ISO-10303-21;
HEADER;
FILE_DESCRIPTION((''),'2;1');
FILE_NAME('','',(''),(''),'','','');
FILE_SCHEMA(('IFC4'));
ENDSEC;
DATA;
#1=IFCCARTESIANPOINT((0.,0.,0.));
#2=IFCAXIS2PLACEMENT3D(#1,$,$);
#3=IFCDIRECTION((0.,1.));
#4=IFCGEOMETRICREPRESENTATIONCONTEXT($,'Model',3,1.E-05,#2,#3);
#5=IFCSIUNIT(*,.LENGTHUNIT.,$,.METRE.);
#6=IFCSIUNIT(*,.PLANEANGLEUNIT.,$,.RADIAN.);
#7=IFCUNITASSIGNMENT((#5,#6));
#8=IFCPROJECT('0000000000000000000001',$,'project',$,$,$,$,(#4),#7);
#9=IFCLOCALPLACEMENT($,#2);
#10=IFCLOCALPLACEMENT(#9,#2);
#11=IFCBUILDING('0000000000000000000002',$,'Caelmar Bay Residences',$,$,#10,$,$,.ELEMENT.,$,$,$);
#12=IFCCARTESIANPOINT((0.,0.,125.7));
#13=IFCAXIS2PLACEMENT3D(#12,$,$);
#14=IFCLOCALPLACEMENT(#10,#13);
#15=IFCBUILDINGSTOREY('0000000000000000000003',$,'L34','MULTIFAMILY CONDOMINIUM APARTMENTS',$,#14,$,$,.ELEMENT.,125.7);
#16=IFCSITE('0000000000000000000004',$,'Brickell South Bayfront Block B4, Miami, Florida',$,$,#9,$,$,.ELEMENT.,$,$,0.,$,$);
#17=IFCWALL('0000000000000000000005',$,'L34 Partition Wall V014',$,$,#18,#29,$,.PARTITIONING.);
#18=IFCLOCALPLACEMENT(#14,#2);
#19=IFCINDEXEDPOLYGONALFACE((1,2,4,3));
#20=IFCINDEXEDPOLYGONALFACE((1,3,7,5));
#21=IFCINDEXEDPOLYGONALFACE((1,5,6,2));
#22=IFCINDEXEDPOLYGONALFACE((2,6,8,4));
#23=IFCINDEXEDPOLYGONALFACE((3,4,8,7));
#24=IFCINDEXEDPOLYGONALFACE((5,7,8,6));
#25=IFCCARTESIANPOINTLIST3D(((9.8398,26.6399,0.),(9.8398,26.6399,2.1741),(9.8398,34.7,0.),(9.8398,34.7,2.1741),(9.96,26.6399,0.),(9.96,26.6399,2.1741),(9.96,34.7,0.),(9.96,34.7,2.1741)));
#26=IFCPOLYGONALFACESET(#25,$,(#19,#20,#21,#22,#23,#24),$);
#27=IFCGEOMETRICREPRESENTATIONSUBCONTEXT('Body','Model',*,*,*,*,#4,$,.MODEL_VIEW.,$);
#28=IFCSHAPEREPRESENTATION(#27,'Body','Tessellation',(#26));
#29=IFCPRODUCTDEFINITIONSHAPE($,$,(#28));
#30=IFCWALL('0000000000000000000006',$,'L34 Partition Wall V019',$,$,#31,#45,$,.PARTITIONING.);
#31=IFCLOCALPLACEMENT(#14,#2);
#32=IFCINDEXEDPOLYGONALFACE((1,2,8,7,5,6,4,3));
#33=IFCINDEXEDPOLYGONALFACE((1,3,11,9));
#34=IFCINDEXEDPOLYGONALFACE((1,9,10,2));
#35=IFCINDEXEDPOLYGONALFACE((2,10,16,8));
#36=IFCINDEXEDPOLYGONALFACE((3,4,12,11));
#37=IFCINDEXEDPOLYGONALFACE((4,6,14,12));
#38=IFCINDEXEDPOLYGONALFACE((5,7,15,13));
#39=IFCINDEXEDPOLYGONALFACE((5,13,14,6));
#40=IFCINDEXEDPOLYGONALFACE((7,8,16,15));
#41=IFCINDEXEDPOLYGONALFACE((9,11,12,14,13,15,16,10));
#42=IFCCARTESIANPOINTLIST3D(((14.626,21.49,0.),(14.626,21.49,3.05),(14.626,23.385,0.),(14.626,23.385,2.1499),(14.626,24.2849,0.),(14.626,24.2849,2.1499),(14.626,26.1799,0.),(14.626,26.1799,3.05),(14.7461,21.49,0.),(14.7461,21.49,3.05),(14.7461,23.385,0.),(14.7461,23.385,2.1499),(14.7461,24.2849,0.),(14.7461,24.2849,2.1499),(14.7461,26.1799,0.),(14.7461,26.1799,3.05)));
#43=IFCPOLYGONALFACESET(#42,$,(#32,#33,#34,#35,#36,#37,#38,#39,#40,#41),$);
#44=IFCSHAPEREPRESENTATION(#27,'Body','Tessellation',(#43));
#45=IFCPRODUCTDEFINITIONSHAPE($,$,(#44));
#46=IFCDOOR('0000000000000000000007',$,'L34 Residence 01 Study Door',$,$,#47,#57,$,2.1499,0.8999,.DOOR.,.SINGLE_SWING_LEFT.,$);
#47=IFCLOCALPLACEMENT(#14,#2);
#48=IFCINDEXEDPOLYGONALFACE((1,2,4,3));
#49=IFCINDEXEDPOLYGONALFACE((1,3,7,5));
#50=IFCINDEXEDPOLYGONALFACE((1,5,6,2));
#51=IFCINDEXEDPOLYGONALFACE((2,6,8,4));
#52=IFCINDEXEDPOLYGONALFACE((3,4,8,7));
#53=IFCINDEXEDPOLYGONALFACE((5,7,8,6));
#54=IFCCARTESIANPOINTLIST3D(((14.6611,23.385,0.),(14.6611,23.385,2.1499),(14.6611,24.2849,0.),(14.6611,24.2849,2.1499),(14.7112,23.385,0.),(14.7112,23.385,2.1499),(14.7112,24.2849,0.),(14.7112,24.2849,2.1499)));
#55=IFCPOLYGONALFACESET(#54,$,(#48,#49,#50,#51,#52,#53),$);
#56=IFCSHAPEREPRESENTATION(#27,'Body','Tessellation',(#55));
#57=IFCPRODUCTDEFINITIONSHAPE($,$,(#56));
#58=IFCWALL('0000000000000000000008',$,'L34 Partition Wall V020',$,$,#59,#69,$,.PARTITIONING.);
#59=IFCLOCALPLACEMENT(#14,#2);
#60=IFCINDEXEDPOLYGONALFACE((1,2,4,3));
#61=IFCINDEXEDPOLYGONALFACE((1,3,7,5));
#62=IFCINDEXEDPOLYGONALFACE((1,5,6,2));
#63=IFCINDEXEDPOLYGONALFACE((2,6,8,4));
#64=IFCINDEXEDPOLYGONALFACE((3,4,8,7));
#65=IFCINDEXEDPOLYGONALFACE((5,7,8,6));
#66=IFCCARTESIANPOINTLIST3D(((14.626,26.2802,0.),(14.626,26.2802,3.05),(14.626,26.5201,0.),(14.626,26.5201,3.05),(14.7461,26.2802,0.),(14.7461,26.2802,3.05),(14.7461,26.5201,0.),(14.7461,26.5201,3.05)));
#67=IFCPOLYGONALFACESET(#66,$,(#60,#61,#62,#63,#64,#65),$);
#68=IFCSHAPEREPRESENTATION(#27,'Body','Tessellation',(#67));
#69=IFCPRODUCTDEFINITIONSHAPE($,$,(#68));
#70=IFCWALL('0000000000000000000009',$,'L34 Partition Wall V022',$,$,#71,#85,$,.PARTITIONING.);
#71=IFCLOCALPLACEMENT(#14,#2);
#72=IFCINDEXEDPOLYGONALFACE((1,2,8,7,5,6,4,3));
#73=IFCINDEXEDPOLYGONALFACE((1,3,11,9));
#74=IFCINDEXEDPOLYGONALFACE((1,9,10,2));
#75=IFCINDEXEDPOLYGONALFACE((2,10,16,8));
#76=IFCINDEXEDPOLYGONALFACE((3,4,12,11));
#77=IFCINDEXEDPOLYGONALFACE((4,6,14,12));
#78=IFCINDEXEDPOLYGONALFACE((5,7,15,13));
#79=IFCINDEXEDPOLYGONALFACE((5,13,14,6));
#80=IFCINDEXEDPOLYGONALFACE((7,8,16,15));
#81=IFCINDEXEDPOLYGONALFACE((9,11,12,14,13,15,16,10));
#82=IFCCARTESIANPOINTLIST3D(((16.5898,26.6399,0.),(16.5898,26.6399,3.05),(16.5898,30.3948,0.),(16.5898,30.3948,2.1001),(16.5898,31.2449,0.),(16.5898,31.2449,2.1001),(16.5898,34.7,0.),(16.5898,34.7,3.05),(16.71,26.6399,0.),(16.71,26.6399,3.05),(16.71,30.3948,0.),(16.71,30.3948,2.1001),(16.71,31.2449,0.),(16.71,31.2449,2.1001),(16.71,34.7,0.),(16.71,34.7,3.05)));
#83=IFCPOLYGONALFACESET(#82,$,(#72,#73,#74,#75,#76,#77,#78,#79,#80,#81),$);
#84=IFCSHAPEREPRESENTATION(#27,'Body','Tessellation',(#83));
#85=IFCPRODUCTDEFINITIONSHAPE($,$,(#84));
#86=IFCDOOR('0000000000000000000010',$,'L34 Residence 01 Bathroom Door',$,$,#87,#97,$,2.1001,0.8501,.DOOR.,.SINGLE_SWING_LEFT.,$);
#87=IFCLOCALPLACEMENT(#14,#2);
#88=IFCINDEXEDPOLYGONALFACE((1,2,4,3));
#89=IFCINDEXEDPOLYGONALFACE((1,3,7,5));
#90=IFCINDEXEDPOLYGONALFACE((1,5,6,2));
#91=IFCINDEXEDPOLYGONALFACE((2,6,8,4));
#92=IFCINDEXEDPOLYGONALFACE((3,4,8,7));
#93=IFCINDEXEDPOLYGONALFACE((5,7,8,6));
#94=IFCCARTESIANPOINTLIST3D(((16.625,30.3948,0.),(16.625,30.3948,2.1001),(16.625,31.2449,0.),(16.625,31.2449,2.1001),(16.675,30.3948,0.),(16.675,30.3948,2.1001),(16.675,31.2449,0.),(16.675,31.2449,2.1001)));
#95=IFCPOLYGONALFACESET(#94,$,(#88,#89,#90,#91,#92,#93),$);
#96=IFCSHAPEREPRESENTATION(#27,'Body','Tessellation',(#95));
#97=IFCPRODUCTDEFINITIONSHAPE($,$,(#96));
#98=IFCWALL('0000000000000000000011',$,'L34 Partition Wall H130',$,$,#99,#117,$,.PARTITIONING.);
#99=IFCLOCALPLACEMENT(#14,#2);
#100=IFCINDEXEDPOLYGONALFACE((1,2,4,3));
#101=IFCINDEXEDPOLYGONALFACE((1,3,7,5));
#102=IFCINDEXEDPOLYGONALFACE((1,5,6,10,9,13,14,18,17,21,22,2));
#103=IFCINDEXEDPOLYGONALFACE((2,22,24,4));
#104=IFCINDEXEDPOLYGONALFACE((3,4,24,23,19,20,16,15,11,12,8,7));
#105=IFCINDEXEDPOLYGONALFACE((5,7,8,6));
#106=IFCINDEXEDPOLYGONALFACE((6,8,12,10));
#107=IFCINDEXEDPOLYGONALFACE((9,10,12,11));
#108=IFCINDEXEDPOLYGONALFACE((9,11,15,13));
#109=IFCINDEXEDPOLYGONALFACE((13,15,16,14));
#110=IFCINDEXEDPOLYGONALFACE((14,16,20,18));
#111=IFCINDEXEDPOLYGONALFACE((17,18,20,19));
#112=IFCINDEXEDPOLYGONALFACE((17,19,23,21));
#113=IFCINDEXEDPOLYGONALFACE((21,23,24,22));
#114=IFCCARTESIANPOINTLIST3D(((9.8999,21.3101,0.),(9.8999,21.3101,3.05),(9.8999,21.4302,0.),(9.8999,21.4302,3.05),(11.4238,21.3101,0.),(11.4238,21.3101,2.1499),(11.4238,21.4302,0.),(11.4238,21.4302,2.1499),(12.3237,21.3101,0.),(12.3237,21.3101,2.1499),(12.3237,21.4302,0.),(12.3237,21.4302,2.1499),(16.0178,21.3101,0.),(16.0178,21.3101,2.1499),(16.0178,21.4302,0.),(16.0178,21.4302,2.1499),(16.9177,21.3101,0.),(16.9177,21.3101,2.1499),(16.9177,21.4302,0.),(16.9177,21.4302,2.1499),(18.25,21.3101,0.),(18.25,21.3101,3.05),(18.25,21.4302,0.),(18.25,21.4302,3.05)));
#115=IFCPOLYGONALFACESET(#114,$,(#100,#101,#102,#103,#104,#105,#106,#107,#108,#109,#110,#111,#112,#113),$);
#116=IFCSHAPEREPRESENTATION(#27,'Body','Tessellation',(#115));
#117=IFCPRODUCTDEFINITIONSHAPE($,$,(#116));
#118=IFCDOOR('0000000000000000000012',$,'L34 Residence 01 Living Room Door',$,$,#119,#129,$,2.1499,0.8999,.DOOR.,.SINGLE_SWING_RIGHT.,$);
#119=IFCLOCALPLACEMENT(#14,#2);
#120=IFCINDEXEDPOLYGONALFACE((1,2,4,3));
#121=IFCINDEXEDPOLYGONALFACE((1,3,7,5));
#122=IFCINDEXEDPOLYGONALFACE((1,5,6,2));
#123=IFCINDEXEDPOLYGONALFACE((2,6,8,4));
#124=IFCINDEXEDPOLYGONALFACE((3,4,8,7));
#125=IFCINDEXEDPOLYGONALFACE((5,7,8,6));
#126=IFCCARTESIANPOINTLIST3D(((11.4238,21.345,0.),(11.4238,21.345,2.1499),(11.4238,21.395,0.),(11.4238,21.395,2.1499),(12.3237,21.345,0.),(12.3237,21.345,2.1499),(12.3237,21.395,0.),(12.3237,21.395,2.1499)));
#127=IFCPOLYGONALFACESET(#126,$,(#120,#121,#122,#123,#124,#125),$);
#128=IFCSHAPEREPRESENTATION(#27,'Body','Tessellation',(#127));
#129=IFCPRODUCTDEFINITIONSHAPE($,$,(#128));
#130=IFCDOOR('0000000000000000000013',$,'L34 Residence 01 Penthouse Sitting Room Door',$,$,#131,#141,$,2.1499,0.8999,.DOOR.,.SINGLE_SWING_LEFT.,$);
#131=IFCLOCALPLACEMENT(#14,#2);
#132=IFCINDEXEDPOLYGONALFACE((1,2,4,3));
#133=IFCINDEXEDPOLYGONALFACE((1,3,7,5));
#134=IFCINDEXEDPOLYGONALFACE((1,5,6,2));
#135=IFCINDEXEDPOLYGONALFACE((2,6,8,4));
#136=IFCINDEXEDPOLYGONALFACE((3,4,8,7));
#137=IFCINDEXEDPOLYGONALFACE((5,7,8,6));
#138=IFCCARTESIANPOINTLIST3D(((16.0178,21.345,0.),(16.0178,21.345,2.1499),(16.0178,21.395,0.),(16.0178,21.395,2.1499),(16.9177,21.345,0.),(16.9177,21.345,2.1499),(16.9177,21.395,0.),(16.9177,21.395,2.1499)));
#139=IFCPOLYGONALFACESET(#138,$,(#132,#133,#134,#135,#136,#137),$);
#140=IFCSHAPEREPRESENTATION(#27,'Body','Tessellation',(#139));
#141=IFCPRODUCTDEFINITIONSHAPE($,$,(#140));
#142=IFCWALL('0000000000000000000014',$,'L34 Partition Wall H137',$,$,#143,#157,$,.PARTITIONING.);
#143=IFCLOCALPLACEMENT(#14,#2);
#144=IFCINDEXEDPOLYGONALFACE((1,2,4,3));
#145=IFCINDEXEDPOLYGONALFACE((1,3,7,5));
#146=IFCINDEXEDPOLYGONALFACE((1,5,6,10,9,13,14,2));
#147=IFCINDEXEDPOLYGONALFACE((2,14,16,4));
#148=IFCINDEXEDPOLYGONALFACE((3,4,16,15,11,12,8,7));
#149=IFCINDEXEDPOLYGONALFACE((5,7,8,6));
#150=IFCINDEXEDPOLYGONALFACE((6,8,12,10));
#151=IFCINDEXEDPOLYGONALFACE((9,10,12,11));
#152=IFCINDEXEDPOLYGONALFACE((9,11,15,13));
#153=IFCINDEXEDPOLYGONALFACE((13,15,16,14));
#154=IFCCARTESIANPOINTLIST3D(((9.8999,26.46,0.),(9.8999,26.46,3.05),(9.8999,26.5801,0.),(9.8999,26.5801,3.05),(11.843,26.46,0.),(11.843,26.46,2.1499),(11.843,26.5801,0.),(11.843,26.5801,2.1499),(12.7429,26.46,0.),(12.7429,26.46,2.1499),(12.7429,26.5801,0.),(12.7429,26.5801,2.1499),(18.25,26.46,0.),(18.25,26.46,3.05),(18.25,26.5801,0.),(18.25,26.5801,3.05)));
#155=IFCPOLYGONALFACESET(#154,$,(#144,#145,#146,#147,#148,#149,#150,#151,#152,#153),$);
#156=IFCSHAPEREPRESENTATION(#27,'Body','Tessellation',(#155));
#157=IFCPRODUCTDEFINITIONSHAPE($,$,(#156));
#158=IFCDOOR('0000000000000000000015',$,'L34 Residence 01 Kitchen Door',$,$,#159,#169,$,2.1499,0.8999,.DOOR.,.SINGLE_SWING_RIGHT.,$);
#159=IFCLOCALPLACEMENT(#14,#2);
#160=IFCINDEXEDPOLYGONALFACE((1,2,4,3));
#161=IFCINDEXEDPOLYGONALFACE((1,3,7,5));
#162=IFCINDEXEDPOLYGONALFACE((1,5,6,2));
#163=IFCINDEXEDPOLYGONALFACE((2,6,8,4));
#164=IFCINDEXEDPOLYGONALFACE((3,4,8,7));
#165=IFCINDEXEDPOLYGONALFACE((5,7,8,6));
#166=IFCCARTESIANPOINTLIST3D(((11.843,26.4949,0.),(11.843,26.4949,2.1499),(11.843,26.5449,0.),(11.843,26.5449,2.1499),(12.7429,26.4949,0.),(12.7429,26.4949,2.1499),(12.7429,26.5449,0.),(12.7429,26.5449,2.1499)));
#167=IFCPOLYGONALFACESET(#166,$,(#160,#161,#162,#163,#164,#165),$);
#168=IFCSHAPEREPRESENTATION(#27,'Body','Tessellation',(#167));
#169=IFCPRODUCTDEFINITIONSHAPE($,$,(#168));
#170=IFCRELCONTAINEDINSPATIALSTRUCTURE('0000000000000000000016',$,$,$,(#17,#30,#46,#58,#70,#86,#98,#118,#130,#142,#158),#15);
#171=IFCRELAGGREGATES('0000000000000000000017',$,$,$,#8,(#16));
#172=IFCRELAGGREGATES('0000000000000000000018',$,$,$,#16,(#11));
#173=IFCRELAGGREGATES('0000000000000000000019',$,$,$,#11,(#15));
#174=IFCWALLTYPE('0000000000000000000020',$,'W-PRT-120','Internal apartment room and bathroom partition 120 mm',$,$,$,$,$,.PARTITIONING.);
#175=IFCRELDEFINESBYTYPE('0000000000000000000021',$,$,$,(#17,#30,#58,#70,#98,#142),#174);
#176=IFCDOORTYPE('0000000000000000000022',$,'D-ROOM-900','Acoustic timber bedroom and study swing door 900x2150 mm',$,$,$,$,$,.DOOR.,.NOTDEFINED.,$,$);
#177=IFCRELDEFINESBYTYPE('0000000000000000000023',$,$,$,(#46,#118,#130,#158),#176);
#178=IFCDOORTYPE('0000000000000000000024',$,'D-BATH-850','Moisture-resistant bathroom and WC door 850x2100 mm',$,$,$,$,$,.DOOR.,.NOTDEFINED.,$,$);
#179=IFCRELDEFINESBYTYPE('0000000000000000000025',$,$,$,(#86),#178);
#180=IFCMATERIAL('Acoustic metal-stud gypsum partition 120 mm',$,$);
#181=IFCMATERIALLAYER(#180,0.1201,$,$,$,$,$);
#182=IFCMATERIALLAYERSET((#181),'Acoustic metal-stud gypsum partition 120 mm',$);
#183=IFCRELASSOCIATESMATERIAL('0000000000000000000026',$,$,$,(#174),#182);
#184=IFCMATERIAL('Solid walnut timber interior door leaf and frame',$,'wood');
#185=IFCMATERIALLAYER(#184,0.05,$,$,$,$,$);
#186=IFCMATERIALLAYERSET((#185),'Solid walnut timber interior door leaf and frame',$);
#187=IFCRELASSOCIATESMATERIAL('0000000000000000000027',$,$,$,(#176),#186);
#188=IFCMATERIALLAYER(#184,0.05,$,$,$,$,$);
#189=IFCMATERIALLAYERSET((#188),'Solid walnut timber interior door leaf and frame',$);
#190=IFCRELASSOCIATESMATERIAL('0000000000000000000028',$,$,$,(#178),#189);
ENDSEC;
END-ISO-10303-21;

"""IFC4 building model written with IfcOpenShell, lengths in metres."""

from ifc_helpers import new_model, si_unit, direction, frame, frame_2d, origin, place, context, subcontext, project, spatial, rectangle, extrude, material, layer, layer_set, type_object, element, fill, save


model = new_model("IFC4")

# Units and contexts
model_context = context("Model", 3, precision=1e-05, world=origin(), true_north=direction((0.0, 1.0)))
body_context = subcontext(model_context, "Body", "Model", "MODEL_VIEW")
ifc_project = project(units=[si_unit("LENGTHUNIT", "METRE"), si_unit("PLANEANGLEUNIT", "RADIAN")], contexts=[model_context])

# Site, building, storey
site_placement = place(None, origin())
site = spatial("IfcSite", under=ifc_project, at=site_placement, Name="Brickell South Bayfront Block B4, Miami, Florida", CompositionType="ELEMENT", RefElevation=0.0)
building_placement = place(site_placement, origin())
building = spatial("IfcBuilding", under=site, at=building_placement, Name="Caelmar Bay Residences", CompositionType="ELEMENT")
storey_placement = place(building_placement, frame((0.0, 0.0, 125.7)))
storey = spatial("IfcBuildingStorey", under=building, at=storey_placement, Name="L34", Description="MULTIFAMILY CONDOMINIUM APARTMENTS", CompositionType="ELEMENT", Elevation=125.7)

# Shared definitions
ifc_material_1 = material(Name="Acoustic metal-stud gypsum partition 120 mm")
ifc_layer_1 = layer(ifc_material_1, 0.1201)
ifc_layer_set_1 = layer_set([ifc_layer_1], Name="Acoustic metal-stud gypsum partition 120 mm")
wall_type_1 = type_object("IfcWallType", Name="W-PRT-120", Description="Internal apartment room and bathroom partition 120 mm", PredefinedType="PARTITIONING", material=ifc_layer_set_1)

# Shared definitions
ifc_material_2 = material(Name="Solid walnut timber interior door leaf and frame", Category="wood")
ifc_layer_2 = layer(ifc_material_2, 0.05)
ifc_layer_set_2 = layer_set([ifc_layer_2], Name="Solid walnut timber interior door leaf and frame")
door_type_1 = type_object("IfcDoorType", Name="D-ROOM-900", Description="Acoustic timber bedroom and study swing door 900x2150 mm", OperationType="NOTDEFINED", PredefinedType="DOOR", material=ifc_layer_set_2)

# Wall
wall_1_placement = place(storey_placement, frame((9.8999, 26.6399, 0.0), z_axis=(0.0, 0.0, 1.0), x_axis=(0.0, 1.0, 0.0)))
element("IfcWall", 1, at=wall_1_placement, inside=storey, type_object=wall_type_1, Name="L34 Partition Wall V014", PredefinedType="PARTITIONING", context=body_context, shape_type="SweptSolid", body=[
    extrude(rectangle(XDim=8.0601, YDim=0.1201, at=frame_2d((4.03, 0.0))), origin(), (0.0, 0.0, 1.0), 2.1741),
])

# Wall, opening, door
wall_2_placement = place(storey_placement, frame((14.686, 21.49, 0.0), z_axis=(0.0, 0.0, 1.0), x_axis=(0.0, 1.0, 0.0)))
wall_2 = element("IfcWall", 2, at=wall_2_placement, inside=storey, type_object=wall_type_1, Name="L34 Partition Wall V019", PredefinedType="PARTITIONING", context=body_context, shape_type="SweptSolid", body=[
    extrude(rectangle(XDim=4.6899, YDim=0.1201, at=frame_2d((2.345, 0.0))), origin(), (0.0, 0.0, 1.0), 3.05),
])
opening_1_placement = place(wall_2_placement, frame((1.895, 0.0, 0.0)))
opening_1 = element("IfcOpeningElement", 3, at=opening_1_placement, cuts=wall_2, PredefinedType="OPENING", context=body_context, shape_type="SweptSolid", body=[
    extrude(rectangle(XDim=0.8999, YDim=2.1499, at=frame_2d((0.45, 1.075))), frame((0.0, 0.0701, 0.0), z_axis=(0.0, -1.0, 0.0), x_axis=(1.0, 0.0, 0.0)), (0.0, 0.0, 1.0), 0.1401),
])
door_1_placement = place(opening_1_placement, origin())
door_1 = element("IfcDoor", 4, at=door_1_placement, inside=storey, type_object=door_type_1, Name="L34 Residence 01 Study Door", OperationType="SINGLE_SWING_LEFT", OverallHeight=2.1499, OverallWidth=0.8999, PredefinedType="DOOR", context=body_context, shape_type="SweptSolid", body=[
    extrude(rectangle(XDim=0.8999, YDim=2.1499, at=frame_2d((0.45, 1.075))), frame((0.0, 0.0249, 0.0), z_axis=(0.0, -1.0, 0.0), x_axis=(1.0, 0.0, 0.0)), (0.0, 0.0, 1.0), 0.05),
])
fill(opening_1, door_1)

# Wall
wall_3_placement = place(storey_placement, frame((14.686, 26.28, 0.0), z_axis=(0.0, 0.0, 1.0), x_axis=(0.0, 1.0, 0.0)))
element("IfcWall", 5, at=wall_3_placement, inside=storey, type_object=wall_type_1, Name="L34 Partition Wall V020", PredefinedType="PARTITIONING", context=body_context, shape_type="SweptSolid", body=[
    extrude(rectangle(XDim=0.24, YDim=0.1201, at=frame_2d((0.1201, 0.0))), origin(), (0.0, 0.0, 1.0), 3.05),
])

# Wall, opening, door
wall_4_placement = place(storey_placement, frame((16.6499, 26.6399, 0.0), z_axis=(0.0, 0.0, 1.0), x_axis=(0.0, 1.0, 0.0)))
wall_4 = element("IfcWall", 6, at=wall_4_placement, inside=storey, type_object=wall_type_1, Name="L34 Partition Wall V022", PredefinedType="PARTITIONING", context=body_context, shape_type="SweptSolid", body=[
    extrude(rectangle(XDim=8.0601, YDim=0.1201, at=frame_2d((4.03, 0.0))), origin(), (0.0, 0.0, 1.0), 3.05),
])
opening_2_placement = place(wall_4_placement, frame((3.7549, 0.0, 0.0)))
opening_2 = element("IfcOpeningElement", 7, at=opening_2_placement, cuts=wall_4, PredefinedType="OPENING", context=body_context, shape_type="SweptSolid", body=[
    extrude(rectangle(XDim=0.8501, YDim=2.1001, at=frame_2d((0.425, 1.05))), frame((0.0, 0.0701, 0.0), z_axis=(0.0, -1.0, 0.0), x_axis=(1.0, 0.0, 0.0)), (0.0, 0.0, 1.0), 0.1401),
])
ifc_layer_3 = layer(ifc_material_2, 0.05)
ifc_layer_set_3 = layer_set([ifc_layer_3], Name="Solid walnut timber interior door leaf and frame")
door_type_2 = type_object("IfcDoorType", Name="D-BATH-850", Description="Moisture-resistant bathroom and WC door 850x2100 mm", OperationType="NOTDEFINED", PredefinedType="DOOR", material=ifc_layer_set_3)
door_2_placement = place(opening_2_placement, origin())
door_2 = element("IfcDoor", 8, at=door_2_placement, inside=storey, type_object=door_type_2, Name="L34 Residence 01 Bathroom Door", OperationType="SINGLE_SWING_LEFT", OverallHeight=2.1001, OverallWidth=0.8501, PredefinedType="DOOR", context=body_context, shape_type="SweptSolid", body=[
    extrude(rectangle(XDim=0.8501, YDim=2.1001, at=frame_2d((0.425, 1.05))), frame((0.0, 0.0249, 0.0), z_axis=(0.0, -1.0, 0.0), x_axis=(1.0, 0.0, 0.0)), (0.0, 0.0, 1.0), 0.05),
])
fill(opening_2, door_2)

# Wall, openings, doors
wall_5_placement = place(storey_placement, frame((9.8999, 21.3701, 0.0), z_axis=(0.0, 0.0, 1.0), x_axis=(1.0, 0.0, 0.0)))
wall_5 = element("IfcWall", 9, at=wall_5_placement, inside=storey, type_object=wall_type_1, Name="L34 Partition Wall H130", PredefinedType="PARTITIONING", context=body_context, shape_type="SweptSolid", body=[
    extrude(rectangle(XDim=8.3501, YDim=0.1201, at=frame_2d((4.175, 0.0))), origin(), (0.0, 0.0, 1.0), 3.05),
])
opening_3_placement = place(wall_5_placement, frame((1.5239, 0.0, 0.0)))
opening_3 = element("IfcOpeningElement", 10, at=opening_3_placement, cuts=wall_5, PredefinedType="OPENING", context=body_context, shape_type="SweptSolid", body=[
    extrude(rectangle(XDim=0.8999, YDim=2.1499, at=frame_2d((0.45, 1.075))), frame((0.0, 0.0701, 0.0), z_axis=(0.0, -1.0, 0.0), x_axis=(1.0, 0.0, 0.0)), (0.0, 0.0, 1.0), 0.1401),
])
opening_4_placement = place(wall_5_placement, frame((6.1179, 0.0, 0.0)))
opening_4 = element("IfcOpeningElement", 11, at=opening_4_placement, cuts=wall_5, PredefinedType="OPENING", context=body_context, shape_type="SweptSolid", body=[
    extrude(rectangle(XDim=0.8999, YDim=2.1499, at=frame_2d((0.45, 1.075))), frame((0.0, 0.0701, 0.0), z_axis=(0.0, -1.0, 0.0), x_axis=(1.0, 0.0, 0.0)), (0.0, 0.0, 1.0), 0.1401),
])
door_3_placement = place(opening_3_placement, origin())
door_3 = element("IfcDoor", 12, at=door_3_placement, inside=storey, type_object=door_type_1, Name="L34 Residence 01 Living Room Door", OperationType="SINGLE_SWING_RIGHT", OverallHeight=2.1499, OverallWidth=0.8999, PredefinedType="DOOR", context=body_context, shape_type="SweptSolid", body=[
    extrude(rectangle(XDim=0.8999, YDim=2.1499, at=frame_2d((0.45, 1.075))), frame((0.0, 0.0249, 0.0), z_axis=(0.0, -1.0, 0.0), x_axis=(1.0, 0.0, 0.0)), (0.0, 0.0, 1.0), 0.05),
])
fill(opening_3, door_3)
door_4_placement = place(opening_4_placement, origin())
door_4 = element("IfcDoor", 13, at=door_4_placement, inside=storey, type_object=door_type_1, Name="L34 Residence 01 Penthouse Sitting Room Door", OperationType="SINGLE_SWING_LEFT", OverallHeight=2.1499, OverallWidth=0.8999, PredefinedType="DOOR", context=body_context, shape_type="SweptSolid", body=[
    extrude(rectangle(XDim=0.8999, YDim=2.1499, at=frame_2d((0.45, 1.075))), frame((0.0, 0.0249, 0.0), z_axis=(0.0, -1.0, 0.0), x_axis=(1.0, 0.0, 0.0)), (0.0, 0.0, 1.0), 0.05),
])
fill(opening_4, door_4)

# Wall, opening, door
wall_6_placement = place(storey_placement, frame((9.8999, 26.52, 0.0), z_axis=(0.0, 0.0, 1.0), x_axis=(1.0, 0.0, 0.0)))
wall_6 = element("IfcWall", 14, at=wall_6_placement, inside=storey, type_object=wall_type_1, Name="L34 Partition Wall H137", PredefinedType="PARTITIONING", context=body_context, shape_type="SweptSolid", body=[
    extrude(rectangle(XDim=8.3501, YDim=0.1201, at=frame_2d((4.175, 0.0))), origin(), (0.0, 0.0, 1.0), 3.05),
])
opening_5_placement = place(wall_6_placement, frame((1.9431, 0.0, 0.0)))
opening_5 = element("IfcOpeningElement", 15, at=opening_5_placement, cuts=wall_6, PredefinedType="OPENING", context=body_context, shape_type="SweptSolid", body=[
    extrude(rectangle(XDim=0.8999, YDim=2.1499, at=frame_2d((0.45, 1.075))), frame((0.0, 0.0701, 0.0), z_axis=(0.0, -1.0, 0.0), x_axis=(1.0, 0.0, 0.0)), (0.0, 0.0, 1.0), 0.1401),
])
door_5_placement = place(opening_5_placement, origin())
door_5 = element("IfcDoor", 16, at=door_5_placement, inside=storey, type_object=door_type_1, Name="L34 Residence 01 Kitchen Door", OperationType="SINGLE_SWING_RIGHT", OverallHeight=2.1499, OverallWidth=0.8999, PredefinedType="DOOR", context=body_context, shape_type="SweptSolid", body=[
    extrude(rectangle(XDim=0.8999, YDim=2.1499, at=frame_2d((0.45, 1.075))), frame((0.0, 0.0249, 0.0), z_axis=(0.0, -1.0, 0.0), x_axis=(1.0, 0.0, 0.0)), (0.0, 0.0, 1.0), 0.05),
])
fill(opening_5, door_5)

save(model, "model.ifc")
